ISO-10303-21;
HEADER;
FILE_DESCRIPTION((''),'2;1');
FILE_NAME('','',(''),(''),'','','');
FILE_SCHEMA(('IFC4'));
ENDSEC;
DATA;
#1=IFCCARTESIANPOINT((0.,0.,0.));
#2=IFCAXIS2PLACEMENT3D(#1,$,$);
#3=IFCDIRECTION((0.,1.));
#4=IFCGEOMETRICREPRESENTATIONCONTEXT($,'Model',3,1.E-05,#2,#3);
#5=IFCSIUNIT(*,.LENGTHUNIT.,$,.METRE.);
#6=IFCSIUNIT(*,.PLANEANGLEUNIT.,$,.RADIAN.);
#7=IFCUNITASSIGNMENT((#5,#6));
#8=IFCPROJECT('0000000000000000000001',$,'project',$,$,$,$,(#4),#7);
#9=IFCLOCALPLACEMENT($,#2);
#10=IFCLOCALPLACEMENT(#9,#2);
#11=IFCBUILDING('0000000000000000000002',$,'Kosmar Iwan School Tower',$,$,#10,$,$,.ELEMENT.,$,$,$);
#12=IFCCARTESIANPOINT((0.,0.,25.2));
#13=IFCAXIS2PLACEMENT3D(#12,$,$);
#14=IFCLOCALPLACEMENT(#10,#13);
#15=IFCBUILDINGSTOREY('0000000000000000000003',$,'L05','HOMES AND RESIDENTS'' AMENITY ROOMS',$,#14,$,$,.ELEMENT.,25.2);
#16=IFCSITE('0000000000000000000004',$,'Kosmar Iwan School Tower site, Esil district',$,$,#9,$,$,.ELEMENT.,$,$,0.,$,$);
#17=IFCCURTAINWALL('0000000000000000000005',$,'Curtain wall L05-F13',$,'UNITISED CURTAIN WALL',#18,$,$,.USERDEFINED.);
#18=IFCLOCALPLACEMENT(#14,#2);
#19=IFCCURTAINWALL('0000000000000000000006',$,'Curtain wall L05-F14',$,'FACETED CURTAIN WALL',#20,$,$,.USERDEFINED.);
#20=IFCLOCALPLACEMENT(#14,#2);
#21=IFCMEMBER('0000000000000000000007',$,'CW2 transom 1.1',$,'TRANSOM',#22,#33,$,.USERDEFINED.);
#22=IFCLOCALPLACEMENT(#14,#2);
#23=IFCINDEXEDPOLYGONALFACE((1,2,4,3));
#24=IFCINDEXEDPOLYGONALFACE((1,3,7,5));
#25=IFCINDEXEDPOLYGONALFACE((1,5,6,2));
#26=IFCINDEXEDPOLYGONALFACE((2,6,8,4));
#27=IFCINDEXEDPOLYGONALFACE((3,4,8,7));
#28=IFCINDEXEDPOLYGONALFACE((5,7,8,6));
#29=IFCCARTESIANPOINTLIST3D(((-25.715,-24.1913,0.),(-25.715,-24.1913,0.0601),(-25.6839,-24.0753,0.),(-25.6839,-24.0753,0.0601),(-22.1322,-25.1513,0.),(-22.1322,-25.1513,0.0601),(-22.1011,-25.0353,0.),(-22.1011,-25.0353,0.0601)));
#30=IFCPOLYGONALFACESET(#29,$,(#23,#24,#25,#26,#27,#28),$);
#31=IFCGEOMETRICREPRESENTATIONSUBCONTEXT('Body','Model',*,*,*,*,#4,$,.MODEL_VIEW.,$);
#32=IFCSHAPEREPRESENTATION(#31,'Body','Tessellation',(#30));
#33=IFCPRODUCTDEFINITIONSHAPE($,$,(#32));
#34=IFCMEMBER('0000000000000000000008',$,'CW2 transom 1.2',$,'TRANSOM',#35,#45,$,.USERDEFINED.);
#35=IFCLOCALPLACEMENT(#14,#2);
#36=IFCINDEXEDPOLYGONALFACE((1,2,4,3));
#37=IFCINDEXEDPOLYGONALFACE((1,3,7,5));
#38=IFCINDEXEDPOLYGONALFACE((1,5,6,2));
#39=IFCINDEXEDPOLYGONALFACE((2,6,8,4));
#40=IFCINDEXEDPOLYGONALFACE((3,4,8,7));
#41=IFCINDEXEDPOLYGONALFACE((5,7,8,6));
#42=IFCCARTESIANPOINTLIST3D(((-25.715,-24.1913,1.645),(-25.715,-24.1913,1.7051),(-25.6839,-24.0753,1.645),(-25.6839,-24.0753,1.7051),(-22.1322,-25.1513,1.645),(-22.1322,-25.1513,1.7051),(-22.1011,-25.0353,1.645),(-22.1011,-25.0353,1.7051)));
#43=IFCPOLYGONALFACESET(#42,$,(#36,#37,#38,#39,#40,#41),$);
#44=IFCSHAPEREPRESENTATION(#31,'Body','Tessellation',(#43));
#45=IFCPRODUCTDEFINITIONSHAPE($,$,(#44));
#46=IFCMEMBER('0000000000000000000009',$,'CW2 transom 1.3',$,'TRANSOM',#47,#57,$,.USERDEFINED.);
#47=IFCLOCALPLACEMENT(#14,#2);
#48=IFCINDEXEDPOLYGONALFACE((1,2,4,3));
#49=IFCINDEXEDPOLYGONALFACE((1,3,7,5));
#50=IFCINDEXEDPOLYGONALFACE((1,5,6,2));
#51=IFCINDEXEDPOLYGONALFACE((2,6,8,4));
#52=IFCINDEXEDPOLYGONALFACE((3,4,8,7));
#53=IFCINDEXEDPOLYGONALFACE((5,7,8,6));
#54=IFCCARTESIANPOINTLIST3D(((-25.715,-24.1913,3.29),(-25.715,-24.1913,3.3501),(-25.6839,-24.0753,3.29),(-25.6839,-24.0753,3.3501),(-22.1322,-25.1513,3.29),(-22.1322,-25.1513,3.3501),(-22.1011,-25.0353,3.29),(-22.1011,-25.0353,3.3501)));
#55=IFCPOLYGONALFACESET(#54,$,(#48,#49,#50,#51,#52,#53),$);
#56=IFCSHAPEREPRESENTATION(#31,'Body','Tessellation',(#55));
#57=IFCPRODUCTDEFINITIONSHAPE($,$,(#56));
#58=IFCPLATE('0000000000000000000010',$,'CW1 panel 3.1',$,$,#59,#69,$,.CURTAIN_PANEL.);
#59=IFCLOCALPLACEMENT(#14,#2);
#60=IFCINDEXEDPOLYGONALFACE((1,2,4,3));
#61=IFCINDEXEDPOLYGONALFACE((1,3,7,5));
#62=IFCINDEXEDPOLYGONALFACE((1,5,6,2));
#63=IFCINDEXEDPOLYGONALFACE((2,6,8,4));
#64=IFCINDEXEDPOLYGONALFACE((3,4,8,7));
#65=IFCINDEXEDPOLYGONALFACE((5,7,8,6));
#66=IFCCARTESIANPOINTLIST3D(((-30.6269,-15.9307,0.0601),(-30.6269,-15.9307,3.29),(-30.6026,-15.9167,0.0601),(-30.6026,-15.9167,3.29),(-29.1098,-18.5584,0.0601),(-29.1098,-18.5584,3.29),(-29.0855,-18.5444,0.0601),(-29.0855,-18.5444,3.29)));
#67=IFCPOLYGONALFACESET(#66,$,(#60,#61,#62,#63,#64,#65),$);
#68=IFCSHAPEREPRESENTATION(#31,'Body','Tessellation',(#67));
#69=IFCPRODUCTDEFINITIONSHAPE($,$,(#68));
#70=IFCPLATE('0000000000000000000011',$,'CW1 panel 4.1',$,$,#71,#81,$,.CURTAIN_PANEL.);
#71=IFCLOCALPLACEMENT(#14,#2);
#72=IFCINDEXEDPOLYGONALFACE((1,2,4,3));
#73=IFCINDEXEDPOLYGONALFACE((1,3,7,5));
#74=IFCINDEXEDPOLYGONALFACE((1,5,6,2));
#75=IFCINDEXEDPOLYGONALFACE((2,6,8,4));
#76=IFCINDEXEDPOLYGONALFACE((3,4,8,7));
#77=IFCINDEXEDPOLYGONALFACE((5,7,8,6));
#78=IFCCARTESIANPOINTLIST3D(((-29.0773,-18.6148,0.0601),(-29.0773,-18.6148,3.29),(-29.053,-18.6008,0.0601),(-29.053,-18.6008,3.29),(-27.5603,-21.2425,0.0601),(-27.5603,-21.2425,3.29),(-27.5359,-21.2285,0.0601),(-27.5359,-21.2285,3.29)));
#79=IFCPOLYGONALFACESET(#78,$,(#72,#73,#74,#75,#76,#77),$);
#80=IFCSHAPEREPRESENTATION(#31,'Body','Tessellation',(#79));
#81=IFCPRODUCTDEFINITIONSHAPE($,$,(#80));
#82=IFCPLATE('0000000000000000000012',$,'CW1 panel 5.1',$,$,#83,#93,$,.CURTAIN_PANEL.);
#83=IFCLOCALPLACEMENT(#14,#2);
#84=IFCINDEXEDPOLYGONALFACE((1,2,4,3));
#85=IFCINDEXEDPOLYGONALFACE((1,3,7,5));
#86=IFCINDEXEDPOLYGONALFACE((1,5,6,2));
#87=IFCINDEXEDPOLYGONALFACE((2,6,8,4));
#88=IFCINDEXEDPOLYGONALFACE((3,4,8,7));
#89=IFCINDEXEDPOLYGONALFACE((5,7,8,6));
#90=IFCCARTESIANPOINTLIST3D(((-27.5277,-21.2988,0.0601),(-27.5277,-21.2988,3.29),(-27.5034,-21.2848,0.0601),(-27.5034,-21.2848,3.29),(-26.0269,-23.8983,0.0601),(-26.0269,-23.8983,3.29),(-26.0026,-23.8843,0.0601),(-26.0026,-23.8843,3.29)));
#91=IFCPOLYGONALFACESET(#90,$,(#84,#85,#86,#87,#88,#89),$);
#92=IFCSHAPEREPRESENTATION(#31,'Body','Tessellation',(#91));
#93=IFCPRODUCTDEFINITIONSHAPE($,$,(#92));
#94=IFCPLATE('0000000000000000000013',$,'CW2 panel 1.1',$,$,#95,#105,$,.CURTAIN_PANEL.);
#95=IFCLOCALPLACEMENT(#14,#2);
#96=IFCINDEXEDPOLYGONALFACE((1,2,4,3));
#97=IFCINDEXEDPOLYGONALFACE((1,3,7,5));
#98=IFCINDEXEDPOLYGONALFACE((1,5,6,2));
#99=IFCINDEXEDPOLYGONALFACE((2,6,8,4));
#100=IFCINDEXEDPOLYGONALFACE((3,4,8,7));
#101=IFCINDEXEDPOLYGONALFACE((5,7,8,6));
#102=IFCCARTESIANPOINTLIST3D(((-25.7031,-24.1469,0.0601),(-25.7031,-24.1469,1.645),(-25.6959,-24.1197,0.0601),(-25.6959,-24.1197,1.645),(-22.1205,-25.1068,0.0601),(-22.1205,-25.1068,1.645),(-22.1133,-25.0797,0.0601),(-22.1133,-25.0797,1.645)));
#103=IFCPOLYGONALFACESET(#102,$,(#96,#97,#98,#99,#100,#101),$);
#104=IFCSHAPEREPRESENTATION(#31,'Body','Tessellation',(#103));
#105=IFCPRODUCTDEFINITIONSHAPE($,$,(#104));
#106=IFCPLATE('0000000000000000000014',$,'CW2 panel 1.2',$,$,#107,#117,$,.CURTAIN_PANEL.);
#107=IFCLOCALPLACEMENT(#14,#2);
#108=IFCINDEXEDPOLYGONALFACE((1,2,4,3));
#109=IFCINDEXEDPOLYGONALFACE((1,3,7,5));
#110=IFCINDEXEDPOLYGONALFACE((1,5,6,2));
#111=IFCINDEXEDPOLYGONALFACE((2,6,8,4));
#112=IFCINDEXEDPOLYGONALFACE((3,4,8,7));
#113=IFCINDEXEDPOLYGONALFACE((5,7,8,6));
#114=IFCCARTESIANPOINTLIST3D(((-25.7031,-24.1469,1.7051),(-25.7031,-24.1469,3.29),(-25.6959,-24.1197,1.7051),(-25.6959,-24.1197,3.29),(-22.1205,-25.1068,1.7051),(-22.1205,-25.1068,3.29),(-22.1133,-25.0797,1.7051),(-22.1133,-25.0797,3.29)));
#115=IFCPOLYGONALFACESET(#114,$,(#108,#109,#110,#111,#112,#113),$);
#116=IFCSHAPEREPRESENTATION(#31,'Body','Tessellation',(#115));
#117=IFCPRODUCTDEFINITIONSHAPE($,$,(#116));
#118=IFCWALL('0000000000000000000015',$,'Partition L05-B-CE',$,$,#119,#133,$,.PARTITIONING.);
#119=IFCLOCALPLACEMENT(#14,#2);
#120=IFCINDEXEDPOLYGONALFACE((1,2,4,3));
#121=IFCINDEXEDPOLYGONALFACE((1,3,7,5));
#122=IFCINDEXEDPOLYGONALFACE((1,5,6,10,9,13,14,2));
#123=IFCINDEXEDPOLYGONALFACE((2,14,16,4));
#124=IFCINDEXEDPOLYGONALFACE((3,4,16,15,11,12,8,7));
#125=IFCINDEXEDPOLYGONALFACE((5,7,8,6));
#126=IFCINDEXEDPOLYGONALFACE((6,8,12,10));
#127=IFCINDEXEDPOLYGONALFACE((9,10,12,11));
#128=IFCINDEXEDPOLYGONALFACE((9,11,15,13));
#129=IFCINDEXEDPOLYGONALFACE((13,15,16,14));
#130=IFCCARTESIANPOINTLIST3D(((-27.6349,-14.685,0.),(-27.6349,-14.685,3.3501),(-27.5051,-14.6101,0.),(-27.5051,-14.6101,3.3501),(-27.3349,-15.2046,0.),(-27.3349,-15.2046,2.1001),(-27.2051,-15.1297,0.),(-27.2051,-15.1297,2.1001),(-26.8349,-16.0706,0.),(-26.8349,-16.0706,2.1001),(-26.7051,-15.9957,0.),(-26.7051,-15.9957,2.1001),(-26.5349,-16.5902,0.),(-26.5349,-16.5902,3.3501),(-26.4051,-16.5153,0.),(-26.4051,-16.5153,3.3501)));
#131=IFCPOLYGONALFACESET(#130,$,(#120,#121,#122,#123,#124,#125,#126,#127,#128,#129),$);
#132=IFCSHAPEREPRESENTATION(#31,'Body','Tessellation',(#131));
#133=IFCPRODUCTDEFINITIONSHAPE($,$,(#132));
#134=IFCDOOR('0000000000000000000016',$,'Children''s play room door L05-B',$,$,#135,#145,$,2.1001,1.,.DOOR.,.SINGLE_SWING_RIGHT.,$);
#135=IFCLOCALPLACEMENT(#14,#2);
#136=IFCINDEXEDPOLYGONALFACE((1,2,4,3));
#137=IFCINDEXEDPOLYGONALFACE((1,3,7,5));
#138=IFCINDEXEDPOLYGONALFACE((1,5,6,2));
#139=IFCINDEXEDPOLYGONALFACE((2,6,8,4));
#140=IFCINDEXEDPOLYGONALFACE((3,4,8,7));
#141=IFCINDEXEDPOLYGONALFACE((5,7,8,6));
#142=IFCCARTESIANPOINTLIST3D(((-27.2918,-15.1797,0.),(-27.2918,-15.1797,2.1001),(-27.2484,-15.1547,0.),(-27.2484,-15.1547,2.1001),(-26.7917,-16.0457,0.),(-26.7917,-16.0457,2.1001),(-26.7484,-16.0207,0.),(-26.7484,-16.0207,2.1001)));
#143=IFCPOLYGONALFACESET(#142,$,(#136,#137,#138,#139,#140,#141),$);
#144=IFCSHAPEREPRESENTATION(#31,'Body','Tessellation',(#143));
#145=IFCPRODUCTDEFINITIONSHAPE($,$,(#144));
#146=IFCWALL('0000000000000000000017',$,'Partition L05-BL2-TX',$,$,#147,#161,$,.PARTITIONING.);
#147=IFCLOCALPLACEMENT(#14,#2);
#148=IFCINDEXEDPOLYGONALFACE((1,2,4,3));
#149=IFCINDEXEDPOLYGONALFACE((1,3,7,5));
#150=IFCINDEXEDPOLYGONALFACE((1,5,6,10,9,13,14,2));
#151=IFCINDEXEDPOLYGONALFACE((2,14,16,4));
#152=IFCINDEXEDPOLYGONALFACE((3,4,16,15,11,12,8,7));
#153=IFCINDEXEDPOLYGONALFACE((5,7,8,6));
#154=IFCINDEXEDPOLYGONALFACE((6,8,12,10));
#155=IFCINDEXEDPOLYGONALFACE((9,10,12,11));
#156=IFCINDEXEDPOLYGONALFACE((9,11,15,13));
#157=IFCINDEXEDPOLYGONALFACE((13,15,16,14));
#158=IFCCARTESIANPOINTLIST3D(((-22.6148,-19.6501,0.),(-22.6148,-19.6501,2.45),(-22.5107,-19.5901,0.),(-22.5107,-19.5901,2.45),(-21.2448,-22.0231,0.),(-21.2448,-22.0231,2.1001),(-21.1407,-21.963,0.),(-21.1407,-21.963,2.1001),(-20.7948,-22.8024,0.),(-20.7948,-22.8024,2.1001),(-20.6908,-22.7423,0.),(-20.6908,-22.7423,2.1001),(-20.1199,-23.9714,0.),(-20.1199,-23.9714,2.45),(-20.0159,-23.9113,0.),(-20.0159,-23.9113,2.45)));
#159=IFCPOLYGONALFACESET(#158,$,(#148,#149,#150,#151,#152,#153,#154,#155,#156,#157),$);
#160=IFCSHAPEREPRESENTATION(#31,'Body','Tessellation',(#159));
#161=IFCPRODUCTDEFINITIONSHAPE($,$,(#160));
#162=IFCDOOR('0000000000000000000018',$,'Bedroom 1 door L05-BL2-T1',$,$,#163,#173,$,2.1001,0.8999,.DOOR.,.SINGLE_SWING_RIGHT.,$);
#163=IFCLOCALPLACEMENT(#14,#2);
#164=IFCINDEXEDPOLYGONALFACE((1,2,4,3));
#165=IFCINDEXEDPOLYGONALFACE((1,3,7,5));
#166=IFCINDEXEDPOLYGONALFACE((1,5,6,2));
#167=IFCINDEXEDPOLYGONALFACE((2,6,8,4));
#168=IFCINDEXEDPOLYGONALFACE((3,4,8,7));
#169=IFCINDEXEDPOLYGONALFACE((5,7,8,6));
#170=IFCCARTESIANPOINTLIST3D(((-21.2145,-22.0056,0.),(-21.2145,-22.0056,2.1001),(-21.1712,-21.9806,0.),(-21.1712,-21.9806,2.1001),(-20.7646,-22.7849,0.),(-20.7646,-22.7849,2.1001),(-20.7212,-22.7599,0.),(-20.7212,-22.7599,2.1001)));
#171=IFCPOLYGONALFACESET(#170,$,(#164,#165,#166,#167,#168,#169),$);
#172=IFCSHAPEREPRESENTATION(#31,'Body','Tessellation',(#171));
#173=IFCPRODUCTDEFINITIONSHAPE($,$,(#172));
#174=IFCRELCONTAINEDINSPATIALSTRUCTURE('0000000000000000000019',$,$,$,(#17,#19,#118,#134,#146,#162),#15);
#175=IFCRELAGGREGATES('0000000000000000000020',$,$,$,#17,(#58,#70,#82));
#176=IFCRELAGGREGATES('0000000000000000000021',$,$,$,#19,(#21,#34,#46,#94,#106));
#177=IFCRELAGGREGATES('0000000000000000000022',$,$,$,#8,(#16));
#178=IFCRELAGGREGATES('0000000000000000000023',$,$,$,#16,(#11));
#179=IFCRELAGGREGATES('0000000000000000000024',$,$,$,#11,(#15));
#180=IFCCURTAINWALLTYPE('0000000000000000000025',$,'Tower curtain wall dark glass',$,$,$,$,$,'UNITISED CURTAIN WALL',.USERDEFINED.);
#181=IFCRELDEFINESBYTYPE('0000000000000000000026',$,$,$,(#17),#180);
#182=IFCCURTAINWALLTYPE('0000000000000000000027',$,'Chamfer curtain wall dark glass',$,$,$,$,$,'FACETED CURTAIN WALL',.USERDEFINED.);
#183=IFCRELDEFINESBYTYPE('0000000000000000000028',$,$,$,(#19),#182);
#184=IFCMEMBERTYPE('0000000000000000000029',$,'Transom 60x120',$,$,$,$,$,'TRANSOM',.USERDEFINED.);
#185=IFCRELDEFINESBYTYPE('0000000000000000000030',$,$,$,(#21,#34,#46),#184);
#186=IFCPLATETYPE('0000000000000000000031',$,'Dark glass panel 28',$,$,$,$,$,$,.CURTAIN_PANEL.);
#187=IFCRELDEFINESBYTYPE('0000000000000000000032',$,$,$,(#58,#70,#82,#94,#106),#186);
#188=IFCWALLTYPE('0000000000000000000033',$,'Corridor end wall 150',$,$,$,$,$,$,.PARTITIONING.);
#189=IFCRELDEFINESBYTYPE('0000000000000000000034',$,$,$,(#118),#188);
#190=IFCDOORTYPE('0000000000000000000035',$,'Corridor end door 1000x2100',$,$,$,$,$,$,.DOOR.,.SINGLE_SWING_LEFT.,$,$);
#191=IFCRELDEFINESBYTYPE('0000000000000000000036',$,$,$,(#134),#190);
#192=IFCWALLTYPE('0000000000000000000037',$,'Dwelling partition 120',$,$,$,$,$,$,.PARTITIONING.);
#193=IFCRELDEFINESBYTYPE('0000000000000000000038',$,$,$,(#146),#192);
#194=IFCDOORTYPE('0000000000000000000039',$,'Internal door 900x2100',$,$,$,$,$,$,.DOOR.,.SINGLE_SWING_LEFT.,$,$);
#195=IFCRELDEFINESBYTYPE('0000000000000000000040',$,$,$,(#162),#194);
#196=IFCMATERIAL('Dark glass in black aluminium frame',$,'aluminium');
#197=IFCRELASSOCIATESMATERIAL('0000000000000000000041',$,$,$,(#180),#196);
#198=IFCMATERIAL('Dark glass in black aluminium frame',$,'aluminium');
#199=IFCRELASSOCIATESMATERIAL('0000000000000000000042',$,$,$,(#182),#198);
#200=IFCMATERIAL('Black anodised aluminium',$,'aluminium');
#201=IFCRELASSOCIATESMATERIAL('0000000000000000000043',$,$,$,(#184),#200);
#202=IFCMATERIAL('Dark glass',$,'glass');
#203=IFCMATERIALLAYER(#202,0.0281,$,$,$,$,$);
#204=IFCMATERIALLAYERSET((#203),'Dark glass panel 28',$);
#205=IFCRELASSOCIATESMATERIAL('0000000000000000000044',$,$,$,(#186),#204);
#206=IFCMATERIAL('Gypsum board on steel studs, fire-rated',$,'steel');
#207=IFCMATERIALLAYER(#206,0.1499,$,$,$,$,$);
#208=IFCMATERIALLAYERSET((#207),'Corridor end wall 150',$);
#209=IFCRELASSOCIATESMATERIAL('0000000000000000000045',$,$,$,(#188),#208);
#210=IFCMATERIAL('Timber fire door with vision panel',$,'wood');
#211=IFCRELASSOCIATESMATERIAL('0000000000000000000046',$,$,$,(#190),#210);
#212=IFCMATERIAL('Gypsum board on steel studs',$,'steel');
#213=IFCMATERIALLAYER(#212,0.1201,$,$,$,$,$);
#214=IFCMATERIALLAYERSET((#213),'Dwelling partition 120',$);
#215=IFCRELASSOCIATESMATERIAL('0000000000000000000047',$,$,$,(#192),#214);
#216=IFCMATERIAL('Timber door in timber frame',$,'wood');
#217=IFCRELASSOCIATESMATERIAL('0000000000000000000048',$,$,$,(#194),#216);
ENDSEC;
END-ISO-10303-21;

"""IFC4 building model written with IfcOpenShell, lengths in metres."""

from ifc_helpers import new_model, si_unit, direction, frame, frame_2d, origin, origin_2d, place, context, subcontext, project, spatial, rectangle, extrude, material, layer, layer_set, material_profile, profile_set, type_object, element, fill, aggregate, save


model = new_model("IFC4")

# Units and contexts
model_context = context("Model", 3, precision=1e-05, world=origin(), true_north=direction((0.0, 1.0)))
body_context = subcontext(model_context, "Body", "Model", "MODEL_VIEW")
ifc_project = project(units=[si_unit("LENGTHUNIT", "METRE"), si_unit("PLANEANGLEUNIT", "RADIAN")], contexts=[model_context])

# Site, building, storey
site_placement = place(None, origin())
site = spatial("IfcSite", under=ifc_project, at=site_placement, Name="Kosmar Iwan School Tower site, Esil district", CompositionType="ELEMENT", RefElevation=0.0)
building_placement = place(site_placement, origin())
building = spatial("IfcBuilding", under=site, at=building_placement, Name="Kosmar Iwan School Tower", CompositionType="ELEMENT")
storey_placement = place(building_placement, frame((0.0, 0.0, 25.2)))
storey = spatial("IfcBuildingStorey", under=building, at=storey_placement, Name="L05", Description="HOMES AND RESIDENTS' AMENITY ROOMS", CompositionType="ELEMENT", Elevation=25.2)

# Curtain wall
ifc_material_1 = material(Name="Dark glass in black aluminium frame", Category="aluminium")
curtain_wall_type_1 = type_object("IfcCurtainWallType", Name="Tower curtain wall dark glass", ElementType="UNITISED CURTAIN WALL", PredefinedType="USERDEFINED", material=ifc_material_1)
curtain_wall_1_placement = place(storey_placement, origin())
curtain_wall_1 = element("IfcCurtainWall", 1, at=curtain_wall_1_placement, inside=storey, type_object=curtain_wall_type_1, Name="Curtain wall L05-F13", ObjectType="UNITISED CURTAIN WALL", PredefinedType="USERDEFINED")

# Curtain wall
ifc_material_2 = material(Name="Dark glass in black aluminium frame", Category="aluminium")
curtain_wall_type_2 = type_object("IfcCurtainWallType", Name="Chamfer curtain wall dark glass", ElementType="FACETED CURTAIN WALL", PredefinedType="USERDEFINED", material=ifc_material_2)
curtain_wall_2_placement = place(storey_placement, origin())
curtain_wall_2 = element("IfcCurtainWall", 2, at=curtain_wall_2_placement, inside=storey, type_object=curtain_wall_type_2, Name="Curtain wall L05-F14", ObjectType="FACETED CURTAIN WALL", PredefinedType="USERDEFINED")

# Members
ifc_material_3 = material(Name="Black anodised aluminium", Category="aluminium")
ifc_material_profile_1 = material_profile(ifc_material_3, rectangle(XDim=0.1201, YDim=0.0601, at=origin_2d()), Name="TRANSOM 60x120")
ifc_profile_set_1 = profile_set([ifc_material_profile_1], Name="Black anodised aluminium")
member_type_1 = type_object("IfcMemberType", Name="Transom 60x120", ElementType="TRANSOM", PredefinedType="USERDEFINED", material=ifc_profile_set_1)
member_1_placement = place(storey_placement, frame((-25.6995, -24.1333, 0.03), z_axis=(0.965928, -0.25881, 0.0), x_axis=(0.25881, 0.965928, 0.0)))
member_1 = element("IfcMember", 3, at=member_1_placement, type_object=member_type_1, Name="CW2 transom 1.1", ObjectType="TRANSOM", PredefinedType="USERDEFINED", context=body_context, shape_type="SweptSolid", body=[
    extrude(rectangle(XDim=0.1201, YDim=0.0601, at=origin_2d()), origin(), (0.0, 0.0, 1.0), 3.7092),
])
member_2_placement = place(storey_placement, frame((-25.6995, -24.1333, 1.675), z_axis=(0.965928, -0.25881, 0.0), x_axis=(0.25881, 0.965928, 0.0)))
member_2 = element("IfcMember", 4, at=member_2_placement, type_object=member_type_1, Name="CW2 transom 1.2", ObjectType="TRANSOM", PredefinedType="USERDEFINED", context=body_context, shape_type="SweptSolid", body=[
    extrude(rectangle(XDim=0.1201, YDim=0.0601, at=origin_2d()), origin(), (0.0, 0.0, 1.0), 3.7092),
])
member_3_placement = place(storey_placement, frame((-25.6995, -24.1333, 3.3201), z_axis=(0.965928, -0.25881, 0.0), x_axis=(0.25881, 0.965928, 0.0)))
member_3 = element("IfcMember", 5, at=member_3_placement, type_object=member_type_1, Name="CW2 transom 1.3", ObjectType="TRANSOM", PredefinedType="USERDEFINED", context=body_context, shape_type="SweptSolid", body=[
    extrude(rectangle(XDim=0.1201, YDim=0.0601, at=origin_2d()), origin(), (0.0, 0.0, 1.0), 3.7092),
])

# Plates
ifc_material_4 = material(Name="Dark glass", Category="glass")
ifc_layer_1 = layer(ifc_material_4, 0.0281)
ifc_layer_set_1 = layer_set([ifc_layer_1], Name="Dark glass panel 28")
plate_type = type_object("IfcPlateType", Name="Dark glass panel 28", PredefinedType="CURTAIN_PANEL", material=ifc_layer_set_1)
plate_1_placement = place(storey_placement, frame((-29.8562, -17.2375, 0.0601), z_axis=(0.0, 0.0, 1.0), x_axis=(0.5, -0.866025, 0.0)))
plate_1 = element("IfcPlate", 6, at=plate_1_placement, type_object=plate_type, Name="CW1 panel 3.1", PredefinedType="CURTAIN_PANEL", context=body_context, shape_type="SweptSolid", body=[
    extrude(rectangle(XDim=3.0342, YDim=0.0281, at=origin_2d()), origin(), (0.0, 0.0, 1.0), 3.23),
])
plate_2_placement = place(storey_placement, frame((-28.3066, -19.9216, 0.0601), z_axis=(0.0, 0.0, 1.0), x_axis=(0.5, -0.866025, 0.0)))
plate_2 = element("IfcPlate", 7, at=plate_2_placement, type_object=plate_type, Name="CW1 panel 4.1", PredefinedType="CURTAIN_PANEL", context=body_context, shape_type="SweptSolid", body=[
    extrude(rectangle(XDim=3.0342, YDim=0.0281, at=origin_2d()), origin(), (0.0, 0.0, 1.0), 3.23),
])
plate_3_placement = place(storey_placement, frame((-26.7651, -22.5916, 0.0601), z_axis=(0.0, 0.0, 1.0), x_axis=(0.5, -0.866025, 0.0)))
plate_3 = element("IfcPlate", 8, at=plate_3_placement, type_object=plate_type, Name="CW1 panel 5.1", PredefinedType="CURTAIN_PANEL", context=body_context, shape_type="SweptSolid", body=[
    extrude(rectangle(XDim=3.0017, YDim=0.0281, at=origin_2d()), origin(), (0.0, 0.0, 1.0), 3.23),
])
aggregate(curtain_wall_1, [plate_1, plate_2, plate_3])
plate_4_placement = place(storey_placement, frame((-23.9082, -24.6133, 0.0601), z_axis=(0.0, 0.0, 1.0), x_axis=(0.965926, -0.258819, 0.0)))
plate_4 = element("IfcPlate", 9, at=plate_4_placement, type_object=plate_type, Name="CW2 panel 1.1", PredefinedType="CURTAIN_PANEL", context=body_context, shape_type="SweptSolid", body=[
    extrude(rectangle(XDim=3.709, YDim=0.0281, at=origin_2d()), origin(), (0.0, 0.0, 1.0), 1.585),
])
plate_5_placement = place(storey_placement, frame((-23.9082, -24.6133, 1.7051), z_axis=(0.0, 0.0, 1.0), x_axis=(0.965926, -0.258819, 0.0)))
plate_5 = element("IfcPlate", 10, at=plate_5_placement, type_object=plate_type, Name="CW2 panel 1.2", PredefinedType="CURTAIN_PANEL", context=body_context, shape_type="SweptSolid", body=[
    extrude(rectangle(XDim=3.709, YDim=0.0281, at=origin_2d()), origin(), (0.0, 0.0, 1.0), 1.585),
])
aggregate(curtain_wall_2, [member_1, member_2, member_3, plate_4, plate_5])

# Walls, openings, doors
ifc_material_5 = material(Name="Gypsum board on steel studs, fire-rated", Category="steel")
ifc_layer_2 = layer(ifc_material_5, 0.1499)
ifc_layer_set_2 = layer_set([ifc_layer_2], Name="Corridor end wall 150")
wall_type_1 = type_object("IfcWallType", Name="Corridor end wall 150", PredefinedType="PARTITIONING", material=ifc_layer_set_2)
wall_1_placement = place(storey_placement, frame((-27.5701, -14.6475, 0.0), z_axis=(0.0, 0.0, 1.0), x_axis=(0.50003, -0.866008, 0.0)))
wall_1 = element("IfcWall", 11, at=wall_1_placement, inside=storey, type_object=wall_type_1, Name="Partition L05-B-CE", PredefinedType="PARTITIONING", context=body_context, shape_type="SweptSolid", body=[
    extrude(rectangle(XDim=2.2, YDim=0.1499, at=frame_2d((1.1001, 0.0))), origin(), (0.0, 0.0, 1.0), 3.3501),
])
opening_1_placement = place(wall_1_placement, frame((0.6001, 0.0, 0.0)))
opening_1 = element("IfcOpeningElement", 12, at=opening_1_placement, cuts=wall_1, PredefinedType="OPENING", context=body_context, shape_type="SweptSolid", body=[
    extrude(rectangle(XDim=1.0, YDim=2.1001, at=frame_2d((0.5, 1.05))), frame((0.0, 0.0869, 0.0), z_axis=(0.0, -1.0, 0.0), x_axis=(1.0, 0.0, 0.0)), (0.0, 0.0, 1.0), 0.1738),
])
ifc_material_6 = material(Name="Timber fire door with vision panel", Category="wood")
door_type_1 = type_object("IfcDoorType", Name="Corridor end door 1000x2100", OperationType="SINGLE_SWING_LEFT", PredefinedType="DOOR", material=ifc_material_6)
door_1_placement = place(opening_1_placement, origin())
door_1 = element("IfcDoor", 13, at=door_1_placement, inside=storey, type_object=door_type_1, Name="Children's play room door L05-B", OperationType="SINGLE_SWING_RIGHT", OverallHeight=2.1001, OverallWidth=1.0, PredefinedType="DOOR", context=body_context, shape_type="SweptSolid", body=[
    extrude(rectangle(XDim=1.0, YDim=2.1001, at=frame_2d((0.5, 1.05))), frame((0.0, 0.0249, 0.0), z_axis=(0.0, -1.0, 0.0), x_axis=(1.0, 0.0, 0.0)), (0.0, 0.0, 1.0), 0.05),
])
fill(opening_1, door_1)
ifc_material_7 = material(Name="Gypsum board on steel studs", Category="steel")
ifc_layer_3 = layer(ifc_material_7, 0.1201)
ifc_layer_set_3 = layer_set([ifc_layer_3], Name="Dwelling partition 120")
wall_type_2 = type_object("IfcWallType", Name="Dwelling partition 120", PredefinedType="PARTITIONING", material=ifc_layer_set_3)
wall_2_placement = place(storey_placement, frame((-22.5627, -19.6201, 0.0), z_axis=(0.0, 0.0, 1.0), x_axis=(0.499996, -0.866028, 0.0)))
wall_2 = element("IfcWall", 14, at=wall_2_placement, inside=storey, type_object=wall_type_2, Name="Partition L05-BL2-TX", PredefinedType="PARTITIONING", context=body_context, shape_type="SweptSolid", body=[
    extrude(rectangle(XDim=4.9897, YDim=0.1201, at=frame_2d((2.4949, 0.0))), origin(), (0.0, 0.0, 1.0), 2.45),
])
opening_2_placement = place(wall_2_placement, frame((2.74, 0.0, 0.0)))
opening_2 = element("IfcOpeningElement", 15, at=opening_2_placement, cuts=wall_2, PredefinedType="OPENING", context=body_context, shape_type="SweptSolid", body=[
    extrude(rectangle(XDim=0.8999, YDim=2.1001, at=frame_2d((0.45, 1.05))), frame((0.0, 0.072, 0.0), z_axis=(0.0, -1.0, 0.0), x_axis=(1.0, 0.0, 0.0)), (0.0, 0.0, 1.0), 0.144),
])
ifc_material_8 = material(Name="Timber door in timber frame", Category="wood")
door_type_2 = type_object("IfcDoorType", Name="Internal door 900x2100", OperationType="SINGLE_SWING_LEFT", PredefinedType="DOOR", material=ifc_material_8)
door_2_placement = place(opening_2_placement, origin())
door_2 = element("IfcDoor", 16, at=door_2_placement, inside=storey, type_object=door_type_2, Name="Bedroom 1 door L05-BL2-T1", OperationType="SINGLE_SWING_RIGHT", OverallHeight=2.1001, OverallWidth=0.8999, PredefinedType="DOOR", context=body_context, shape_type="SweptSolid", body=[
    extrude(rectangle(XDim=0.8999, YDim=2.1001, at=frame_2d((0.45, 1.05))), frame((0.0, 0.0249, 0.0), z_axis=(0.0, -1.0, 0.0), x_axis=(1.0, 0.0, 0.0)), (0.0, 0.0, 1.0), 0.05),
])
fill(opening_2, door_2)

save(model, "model.ifc")
